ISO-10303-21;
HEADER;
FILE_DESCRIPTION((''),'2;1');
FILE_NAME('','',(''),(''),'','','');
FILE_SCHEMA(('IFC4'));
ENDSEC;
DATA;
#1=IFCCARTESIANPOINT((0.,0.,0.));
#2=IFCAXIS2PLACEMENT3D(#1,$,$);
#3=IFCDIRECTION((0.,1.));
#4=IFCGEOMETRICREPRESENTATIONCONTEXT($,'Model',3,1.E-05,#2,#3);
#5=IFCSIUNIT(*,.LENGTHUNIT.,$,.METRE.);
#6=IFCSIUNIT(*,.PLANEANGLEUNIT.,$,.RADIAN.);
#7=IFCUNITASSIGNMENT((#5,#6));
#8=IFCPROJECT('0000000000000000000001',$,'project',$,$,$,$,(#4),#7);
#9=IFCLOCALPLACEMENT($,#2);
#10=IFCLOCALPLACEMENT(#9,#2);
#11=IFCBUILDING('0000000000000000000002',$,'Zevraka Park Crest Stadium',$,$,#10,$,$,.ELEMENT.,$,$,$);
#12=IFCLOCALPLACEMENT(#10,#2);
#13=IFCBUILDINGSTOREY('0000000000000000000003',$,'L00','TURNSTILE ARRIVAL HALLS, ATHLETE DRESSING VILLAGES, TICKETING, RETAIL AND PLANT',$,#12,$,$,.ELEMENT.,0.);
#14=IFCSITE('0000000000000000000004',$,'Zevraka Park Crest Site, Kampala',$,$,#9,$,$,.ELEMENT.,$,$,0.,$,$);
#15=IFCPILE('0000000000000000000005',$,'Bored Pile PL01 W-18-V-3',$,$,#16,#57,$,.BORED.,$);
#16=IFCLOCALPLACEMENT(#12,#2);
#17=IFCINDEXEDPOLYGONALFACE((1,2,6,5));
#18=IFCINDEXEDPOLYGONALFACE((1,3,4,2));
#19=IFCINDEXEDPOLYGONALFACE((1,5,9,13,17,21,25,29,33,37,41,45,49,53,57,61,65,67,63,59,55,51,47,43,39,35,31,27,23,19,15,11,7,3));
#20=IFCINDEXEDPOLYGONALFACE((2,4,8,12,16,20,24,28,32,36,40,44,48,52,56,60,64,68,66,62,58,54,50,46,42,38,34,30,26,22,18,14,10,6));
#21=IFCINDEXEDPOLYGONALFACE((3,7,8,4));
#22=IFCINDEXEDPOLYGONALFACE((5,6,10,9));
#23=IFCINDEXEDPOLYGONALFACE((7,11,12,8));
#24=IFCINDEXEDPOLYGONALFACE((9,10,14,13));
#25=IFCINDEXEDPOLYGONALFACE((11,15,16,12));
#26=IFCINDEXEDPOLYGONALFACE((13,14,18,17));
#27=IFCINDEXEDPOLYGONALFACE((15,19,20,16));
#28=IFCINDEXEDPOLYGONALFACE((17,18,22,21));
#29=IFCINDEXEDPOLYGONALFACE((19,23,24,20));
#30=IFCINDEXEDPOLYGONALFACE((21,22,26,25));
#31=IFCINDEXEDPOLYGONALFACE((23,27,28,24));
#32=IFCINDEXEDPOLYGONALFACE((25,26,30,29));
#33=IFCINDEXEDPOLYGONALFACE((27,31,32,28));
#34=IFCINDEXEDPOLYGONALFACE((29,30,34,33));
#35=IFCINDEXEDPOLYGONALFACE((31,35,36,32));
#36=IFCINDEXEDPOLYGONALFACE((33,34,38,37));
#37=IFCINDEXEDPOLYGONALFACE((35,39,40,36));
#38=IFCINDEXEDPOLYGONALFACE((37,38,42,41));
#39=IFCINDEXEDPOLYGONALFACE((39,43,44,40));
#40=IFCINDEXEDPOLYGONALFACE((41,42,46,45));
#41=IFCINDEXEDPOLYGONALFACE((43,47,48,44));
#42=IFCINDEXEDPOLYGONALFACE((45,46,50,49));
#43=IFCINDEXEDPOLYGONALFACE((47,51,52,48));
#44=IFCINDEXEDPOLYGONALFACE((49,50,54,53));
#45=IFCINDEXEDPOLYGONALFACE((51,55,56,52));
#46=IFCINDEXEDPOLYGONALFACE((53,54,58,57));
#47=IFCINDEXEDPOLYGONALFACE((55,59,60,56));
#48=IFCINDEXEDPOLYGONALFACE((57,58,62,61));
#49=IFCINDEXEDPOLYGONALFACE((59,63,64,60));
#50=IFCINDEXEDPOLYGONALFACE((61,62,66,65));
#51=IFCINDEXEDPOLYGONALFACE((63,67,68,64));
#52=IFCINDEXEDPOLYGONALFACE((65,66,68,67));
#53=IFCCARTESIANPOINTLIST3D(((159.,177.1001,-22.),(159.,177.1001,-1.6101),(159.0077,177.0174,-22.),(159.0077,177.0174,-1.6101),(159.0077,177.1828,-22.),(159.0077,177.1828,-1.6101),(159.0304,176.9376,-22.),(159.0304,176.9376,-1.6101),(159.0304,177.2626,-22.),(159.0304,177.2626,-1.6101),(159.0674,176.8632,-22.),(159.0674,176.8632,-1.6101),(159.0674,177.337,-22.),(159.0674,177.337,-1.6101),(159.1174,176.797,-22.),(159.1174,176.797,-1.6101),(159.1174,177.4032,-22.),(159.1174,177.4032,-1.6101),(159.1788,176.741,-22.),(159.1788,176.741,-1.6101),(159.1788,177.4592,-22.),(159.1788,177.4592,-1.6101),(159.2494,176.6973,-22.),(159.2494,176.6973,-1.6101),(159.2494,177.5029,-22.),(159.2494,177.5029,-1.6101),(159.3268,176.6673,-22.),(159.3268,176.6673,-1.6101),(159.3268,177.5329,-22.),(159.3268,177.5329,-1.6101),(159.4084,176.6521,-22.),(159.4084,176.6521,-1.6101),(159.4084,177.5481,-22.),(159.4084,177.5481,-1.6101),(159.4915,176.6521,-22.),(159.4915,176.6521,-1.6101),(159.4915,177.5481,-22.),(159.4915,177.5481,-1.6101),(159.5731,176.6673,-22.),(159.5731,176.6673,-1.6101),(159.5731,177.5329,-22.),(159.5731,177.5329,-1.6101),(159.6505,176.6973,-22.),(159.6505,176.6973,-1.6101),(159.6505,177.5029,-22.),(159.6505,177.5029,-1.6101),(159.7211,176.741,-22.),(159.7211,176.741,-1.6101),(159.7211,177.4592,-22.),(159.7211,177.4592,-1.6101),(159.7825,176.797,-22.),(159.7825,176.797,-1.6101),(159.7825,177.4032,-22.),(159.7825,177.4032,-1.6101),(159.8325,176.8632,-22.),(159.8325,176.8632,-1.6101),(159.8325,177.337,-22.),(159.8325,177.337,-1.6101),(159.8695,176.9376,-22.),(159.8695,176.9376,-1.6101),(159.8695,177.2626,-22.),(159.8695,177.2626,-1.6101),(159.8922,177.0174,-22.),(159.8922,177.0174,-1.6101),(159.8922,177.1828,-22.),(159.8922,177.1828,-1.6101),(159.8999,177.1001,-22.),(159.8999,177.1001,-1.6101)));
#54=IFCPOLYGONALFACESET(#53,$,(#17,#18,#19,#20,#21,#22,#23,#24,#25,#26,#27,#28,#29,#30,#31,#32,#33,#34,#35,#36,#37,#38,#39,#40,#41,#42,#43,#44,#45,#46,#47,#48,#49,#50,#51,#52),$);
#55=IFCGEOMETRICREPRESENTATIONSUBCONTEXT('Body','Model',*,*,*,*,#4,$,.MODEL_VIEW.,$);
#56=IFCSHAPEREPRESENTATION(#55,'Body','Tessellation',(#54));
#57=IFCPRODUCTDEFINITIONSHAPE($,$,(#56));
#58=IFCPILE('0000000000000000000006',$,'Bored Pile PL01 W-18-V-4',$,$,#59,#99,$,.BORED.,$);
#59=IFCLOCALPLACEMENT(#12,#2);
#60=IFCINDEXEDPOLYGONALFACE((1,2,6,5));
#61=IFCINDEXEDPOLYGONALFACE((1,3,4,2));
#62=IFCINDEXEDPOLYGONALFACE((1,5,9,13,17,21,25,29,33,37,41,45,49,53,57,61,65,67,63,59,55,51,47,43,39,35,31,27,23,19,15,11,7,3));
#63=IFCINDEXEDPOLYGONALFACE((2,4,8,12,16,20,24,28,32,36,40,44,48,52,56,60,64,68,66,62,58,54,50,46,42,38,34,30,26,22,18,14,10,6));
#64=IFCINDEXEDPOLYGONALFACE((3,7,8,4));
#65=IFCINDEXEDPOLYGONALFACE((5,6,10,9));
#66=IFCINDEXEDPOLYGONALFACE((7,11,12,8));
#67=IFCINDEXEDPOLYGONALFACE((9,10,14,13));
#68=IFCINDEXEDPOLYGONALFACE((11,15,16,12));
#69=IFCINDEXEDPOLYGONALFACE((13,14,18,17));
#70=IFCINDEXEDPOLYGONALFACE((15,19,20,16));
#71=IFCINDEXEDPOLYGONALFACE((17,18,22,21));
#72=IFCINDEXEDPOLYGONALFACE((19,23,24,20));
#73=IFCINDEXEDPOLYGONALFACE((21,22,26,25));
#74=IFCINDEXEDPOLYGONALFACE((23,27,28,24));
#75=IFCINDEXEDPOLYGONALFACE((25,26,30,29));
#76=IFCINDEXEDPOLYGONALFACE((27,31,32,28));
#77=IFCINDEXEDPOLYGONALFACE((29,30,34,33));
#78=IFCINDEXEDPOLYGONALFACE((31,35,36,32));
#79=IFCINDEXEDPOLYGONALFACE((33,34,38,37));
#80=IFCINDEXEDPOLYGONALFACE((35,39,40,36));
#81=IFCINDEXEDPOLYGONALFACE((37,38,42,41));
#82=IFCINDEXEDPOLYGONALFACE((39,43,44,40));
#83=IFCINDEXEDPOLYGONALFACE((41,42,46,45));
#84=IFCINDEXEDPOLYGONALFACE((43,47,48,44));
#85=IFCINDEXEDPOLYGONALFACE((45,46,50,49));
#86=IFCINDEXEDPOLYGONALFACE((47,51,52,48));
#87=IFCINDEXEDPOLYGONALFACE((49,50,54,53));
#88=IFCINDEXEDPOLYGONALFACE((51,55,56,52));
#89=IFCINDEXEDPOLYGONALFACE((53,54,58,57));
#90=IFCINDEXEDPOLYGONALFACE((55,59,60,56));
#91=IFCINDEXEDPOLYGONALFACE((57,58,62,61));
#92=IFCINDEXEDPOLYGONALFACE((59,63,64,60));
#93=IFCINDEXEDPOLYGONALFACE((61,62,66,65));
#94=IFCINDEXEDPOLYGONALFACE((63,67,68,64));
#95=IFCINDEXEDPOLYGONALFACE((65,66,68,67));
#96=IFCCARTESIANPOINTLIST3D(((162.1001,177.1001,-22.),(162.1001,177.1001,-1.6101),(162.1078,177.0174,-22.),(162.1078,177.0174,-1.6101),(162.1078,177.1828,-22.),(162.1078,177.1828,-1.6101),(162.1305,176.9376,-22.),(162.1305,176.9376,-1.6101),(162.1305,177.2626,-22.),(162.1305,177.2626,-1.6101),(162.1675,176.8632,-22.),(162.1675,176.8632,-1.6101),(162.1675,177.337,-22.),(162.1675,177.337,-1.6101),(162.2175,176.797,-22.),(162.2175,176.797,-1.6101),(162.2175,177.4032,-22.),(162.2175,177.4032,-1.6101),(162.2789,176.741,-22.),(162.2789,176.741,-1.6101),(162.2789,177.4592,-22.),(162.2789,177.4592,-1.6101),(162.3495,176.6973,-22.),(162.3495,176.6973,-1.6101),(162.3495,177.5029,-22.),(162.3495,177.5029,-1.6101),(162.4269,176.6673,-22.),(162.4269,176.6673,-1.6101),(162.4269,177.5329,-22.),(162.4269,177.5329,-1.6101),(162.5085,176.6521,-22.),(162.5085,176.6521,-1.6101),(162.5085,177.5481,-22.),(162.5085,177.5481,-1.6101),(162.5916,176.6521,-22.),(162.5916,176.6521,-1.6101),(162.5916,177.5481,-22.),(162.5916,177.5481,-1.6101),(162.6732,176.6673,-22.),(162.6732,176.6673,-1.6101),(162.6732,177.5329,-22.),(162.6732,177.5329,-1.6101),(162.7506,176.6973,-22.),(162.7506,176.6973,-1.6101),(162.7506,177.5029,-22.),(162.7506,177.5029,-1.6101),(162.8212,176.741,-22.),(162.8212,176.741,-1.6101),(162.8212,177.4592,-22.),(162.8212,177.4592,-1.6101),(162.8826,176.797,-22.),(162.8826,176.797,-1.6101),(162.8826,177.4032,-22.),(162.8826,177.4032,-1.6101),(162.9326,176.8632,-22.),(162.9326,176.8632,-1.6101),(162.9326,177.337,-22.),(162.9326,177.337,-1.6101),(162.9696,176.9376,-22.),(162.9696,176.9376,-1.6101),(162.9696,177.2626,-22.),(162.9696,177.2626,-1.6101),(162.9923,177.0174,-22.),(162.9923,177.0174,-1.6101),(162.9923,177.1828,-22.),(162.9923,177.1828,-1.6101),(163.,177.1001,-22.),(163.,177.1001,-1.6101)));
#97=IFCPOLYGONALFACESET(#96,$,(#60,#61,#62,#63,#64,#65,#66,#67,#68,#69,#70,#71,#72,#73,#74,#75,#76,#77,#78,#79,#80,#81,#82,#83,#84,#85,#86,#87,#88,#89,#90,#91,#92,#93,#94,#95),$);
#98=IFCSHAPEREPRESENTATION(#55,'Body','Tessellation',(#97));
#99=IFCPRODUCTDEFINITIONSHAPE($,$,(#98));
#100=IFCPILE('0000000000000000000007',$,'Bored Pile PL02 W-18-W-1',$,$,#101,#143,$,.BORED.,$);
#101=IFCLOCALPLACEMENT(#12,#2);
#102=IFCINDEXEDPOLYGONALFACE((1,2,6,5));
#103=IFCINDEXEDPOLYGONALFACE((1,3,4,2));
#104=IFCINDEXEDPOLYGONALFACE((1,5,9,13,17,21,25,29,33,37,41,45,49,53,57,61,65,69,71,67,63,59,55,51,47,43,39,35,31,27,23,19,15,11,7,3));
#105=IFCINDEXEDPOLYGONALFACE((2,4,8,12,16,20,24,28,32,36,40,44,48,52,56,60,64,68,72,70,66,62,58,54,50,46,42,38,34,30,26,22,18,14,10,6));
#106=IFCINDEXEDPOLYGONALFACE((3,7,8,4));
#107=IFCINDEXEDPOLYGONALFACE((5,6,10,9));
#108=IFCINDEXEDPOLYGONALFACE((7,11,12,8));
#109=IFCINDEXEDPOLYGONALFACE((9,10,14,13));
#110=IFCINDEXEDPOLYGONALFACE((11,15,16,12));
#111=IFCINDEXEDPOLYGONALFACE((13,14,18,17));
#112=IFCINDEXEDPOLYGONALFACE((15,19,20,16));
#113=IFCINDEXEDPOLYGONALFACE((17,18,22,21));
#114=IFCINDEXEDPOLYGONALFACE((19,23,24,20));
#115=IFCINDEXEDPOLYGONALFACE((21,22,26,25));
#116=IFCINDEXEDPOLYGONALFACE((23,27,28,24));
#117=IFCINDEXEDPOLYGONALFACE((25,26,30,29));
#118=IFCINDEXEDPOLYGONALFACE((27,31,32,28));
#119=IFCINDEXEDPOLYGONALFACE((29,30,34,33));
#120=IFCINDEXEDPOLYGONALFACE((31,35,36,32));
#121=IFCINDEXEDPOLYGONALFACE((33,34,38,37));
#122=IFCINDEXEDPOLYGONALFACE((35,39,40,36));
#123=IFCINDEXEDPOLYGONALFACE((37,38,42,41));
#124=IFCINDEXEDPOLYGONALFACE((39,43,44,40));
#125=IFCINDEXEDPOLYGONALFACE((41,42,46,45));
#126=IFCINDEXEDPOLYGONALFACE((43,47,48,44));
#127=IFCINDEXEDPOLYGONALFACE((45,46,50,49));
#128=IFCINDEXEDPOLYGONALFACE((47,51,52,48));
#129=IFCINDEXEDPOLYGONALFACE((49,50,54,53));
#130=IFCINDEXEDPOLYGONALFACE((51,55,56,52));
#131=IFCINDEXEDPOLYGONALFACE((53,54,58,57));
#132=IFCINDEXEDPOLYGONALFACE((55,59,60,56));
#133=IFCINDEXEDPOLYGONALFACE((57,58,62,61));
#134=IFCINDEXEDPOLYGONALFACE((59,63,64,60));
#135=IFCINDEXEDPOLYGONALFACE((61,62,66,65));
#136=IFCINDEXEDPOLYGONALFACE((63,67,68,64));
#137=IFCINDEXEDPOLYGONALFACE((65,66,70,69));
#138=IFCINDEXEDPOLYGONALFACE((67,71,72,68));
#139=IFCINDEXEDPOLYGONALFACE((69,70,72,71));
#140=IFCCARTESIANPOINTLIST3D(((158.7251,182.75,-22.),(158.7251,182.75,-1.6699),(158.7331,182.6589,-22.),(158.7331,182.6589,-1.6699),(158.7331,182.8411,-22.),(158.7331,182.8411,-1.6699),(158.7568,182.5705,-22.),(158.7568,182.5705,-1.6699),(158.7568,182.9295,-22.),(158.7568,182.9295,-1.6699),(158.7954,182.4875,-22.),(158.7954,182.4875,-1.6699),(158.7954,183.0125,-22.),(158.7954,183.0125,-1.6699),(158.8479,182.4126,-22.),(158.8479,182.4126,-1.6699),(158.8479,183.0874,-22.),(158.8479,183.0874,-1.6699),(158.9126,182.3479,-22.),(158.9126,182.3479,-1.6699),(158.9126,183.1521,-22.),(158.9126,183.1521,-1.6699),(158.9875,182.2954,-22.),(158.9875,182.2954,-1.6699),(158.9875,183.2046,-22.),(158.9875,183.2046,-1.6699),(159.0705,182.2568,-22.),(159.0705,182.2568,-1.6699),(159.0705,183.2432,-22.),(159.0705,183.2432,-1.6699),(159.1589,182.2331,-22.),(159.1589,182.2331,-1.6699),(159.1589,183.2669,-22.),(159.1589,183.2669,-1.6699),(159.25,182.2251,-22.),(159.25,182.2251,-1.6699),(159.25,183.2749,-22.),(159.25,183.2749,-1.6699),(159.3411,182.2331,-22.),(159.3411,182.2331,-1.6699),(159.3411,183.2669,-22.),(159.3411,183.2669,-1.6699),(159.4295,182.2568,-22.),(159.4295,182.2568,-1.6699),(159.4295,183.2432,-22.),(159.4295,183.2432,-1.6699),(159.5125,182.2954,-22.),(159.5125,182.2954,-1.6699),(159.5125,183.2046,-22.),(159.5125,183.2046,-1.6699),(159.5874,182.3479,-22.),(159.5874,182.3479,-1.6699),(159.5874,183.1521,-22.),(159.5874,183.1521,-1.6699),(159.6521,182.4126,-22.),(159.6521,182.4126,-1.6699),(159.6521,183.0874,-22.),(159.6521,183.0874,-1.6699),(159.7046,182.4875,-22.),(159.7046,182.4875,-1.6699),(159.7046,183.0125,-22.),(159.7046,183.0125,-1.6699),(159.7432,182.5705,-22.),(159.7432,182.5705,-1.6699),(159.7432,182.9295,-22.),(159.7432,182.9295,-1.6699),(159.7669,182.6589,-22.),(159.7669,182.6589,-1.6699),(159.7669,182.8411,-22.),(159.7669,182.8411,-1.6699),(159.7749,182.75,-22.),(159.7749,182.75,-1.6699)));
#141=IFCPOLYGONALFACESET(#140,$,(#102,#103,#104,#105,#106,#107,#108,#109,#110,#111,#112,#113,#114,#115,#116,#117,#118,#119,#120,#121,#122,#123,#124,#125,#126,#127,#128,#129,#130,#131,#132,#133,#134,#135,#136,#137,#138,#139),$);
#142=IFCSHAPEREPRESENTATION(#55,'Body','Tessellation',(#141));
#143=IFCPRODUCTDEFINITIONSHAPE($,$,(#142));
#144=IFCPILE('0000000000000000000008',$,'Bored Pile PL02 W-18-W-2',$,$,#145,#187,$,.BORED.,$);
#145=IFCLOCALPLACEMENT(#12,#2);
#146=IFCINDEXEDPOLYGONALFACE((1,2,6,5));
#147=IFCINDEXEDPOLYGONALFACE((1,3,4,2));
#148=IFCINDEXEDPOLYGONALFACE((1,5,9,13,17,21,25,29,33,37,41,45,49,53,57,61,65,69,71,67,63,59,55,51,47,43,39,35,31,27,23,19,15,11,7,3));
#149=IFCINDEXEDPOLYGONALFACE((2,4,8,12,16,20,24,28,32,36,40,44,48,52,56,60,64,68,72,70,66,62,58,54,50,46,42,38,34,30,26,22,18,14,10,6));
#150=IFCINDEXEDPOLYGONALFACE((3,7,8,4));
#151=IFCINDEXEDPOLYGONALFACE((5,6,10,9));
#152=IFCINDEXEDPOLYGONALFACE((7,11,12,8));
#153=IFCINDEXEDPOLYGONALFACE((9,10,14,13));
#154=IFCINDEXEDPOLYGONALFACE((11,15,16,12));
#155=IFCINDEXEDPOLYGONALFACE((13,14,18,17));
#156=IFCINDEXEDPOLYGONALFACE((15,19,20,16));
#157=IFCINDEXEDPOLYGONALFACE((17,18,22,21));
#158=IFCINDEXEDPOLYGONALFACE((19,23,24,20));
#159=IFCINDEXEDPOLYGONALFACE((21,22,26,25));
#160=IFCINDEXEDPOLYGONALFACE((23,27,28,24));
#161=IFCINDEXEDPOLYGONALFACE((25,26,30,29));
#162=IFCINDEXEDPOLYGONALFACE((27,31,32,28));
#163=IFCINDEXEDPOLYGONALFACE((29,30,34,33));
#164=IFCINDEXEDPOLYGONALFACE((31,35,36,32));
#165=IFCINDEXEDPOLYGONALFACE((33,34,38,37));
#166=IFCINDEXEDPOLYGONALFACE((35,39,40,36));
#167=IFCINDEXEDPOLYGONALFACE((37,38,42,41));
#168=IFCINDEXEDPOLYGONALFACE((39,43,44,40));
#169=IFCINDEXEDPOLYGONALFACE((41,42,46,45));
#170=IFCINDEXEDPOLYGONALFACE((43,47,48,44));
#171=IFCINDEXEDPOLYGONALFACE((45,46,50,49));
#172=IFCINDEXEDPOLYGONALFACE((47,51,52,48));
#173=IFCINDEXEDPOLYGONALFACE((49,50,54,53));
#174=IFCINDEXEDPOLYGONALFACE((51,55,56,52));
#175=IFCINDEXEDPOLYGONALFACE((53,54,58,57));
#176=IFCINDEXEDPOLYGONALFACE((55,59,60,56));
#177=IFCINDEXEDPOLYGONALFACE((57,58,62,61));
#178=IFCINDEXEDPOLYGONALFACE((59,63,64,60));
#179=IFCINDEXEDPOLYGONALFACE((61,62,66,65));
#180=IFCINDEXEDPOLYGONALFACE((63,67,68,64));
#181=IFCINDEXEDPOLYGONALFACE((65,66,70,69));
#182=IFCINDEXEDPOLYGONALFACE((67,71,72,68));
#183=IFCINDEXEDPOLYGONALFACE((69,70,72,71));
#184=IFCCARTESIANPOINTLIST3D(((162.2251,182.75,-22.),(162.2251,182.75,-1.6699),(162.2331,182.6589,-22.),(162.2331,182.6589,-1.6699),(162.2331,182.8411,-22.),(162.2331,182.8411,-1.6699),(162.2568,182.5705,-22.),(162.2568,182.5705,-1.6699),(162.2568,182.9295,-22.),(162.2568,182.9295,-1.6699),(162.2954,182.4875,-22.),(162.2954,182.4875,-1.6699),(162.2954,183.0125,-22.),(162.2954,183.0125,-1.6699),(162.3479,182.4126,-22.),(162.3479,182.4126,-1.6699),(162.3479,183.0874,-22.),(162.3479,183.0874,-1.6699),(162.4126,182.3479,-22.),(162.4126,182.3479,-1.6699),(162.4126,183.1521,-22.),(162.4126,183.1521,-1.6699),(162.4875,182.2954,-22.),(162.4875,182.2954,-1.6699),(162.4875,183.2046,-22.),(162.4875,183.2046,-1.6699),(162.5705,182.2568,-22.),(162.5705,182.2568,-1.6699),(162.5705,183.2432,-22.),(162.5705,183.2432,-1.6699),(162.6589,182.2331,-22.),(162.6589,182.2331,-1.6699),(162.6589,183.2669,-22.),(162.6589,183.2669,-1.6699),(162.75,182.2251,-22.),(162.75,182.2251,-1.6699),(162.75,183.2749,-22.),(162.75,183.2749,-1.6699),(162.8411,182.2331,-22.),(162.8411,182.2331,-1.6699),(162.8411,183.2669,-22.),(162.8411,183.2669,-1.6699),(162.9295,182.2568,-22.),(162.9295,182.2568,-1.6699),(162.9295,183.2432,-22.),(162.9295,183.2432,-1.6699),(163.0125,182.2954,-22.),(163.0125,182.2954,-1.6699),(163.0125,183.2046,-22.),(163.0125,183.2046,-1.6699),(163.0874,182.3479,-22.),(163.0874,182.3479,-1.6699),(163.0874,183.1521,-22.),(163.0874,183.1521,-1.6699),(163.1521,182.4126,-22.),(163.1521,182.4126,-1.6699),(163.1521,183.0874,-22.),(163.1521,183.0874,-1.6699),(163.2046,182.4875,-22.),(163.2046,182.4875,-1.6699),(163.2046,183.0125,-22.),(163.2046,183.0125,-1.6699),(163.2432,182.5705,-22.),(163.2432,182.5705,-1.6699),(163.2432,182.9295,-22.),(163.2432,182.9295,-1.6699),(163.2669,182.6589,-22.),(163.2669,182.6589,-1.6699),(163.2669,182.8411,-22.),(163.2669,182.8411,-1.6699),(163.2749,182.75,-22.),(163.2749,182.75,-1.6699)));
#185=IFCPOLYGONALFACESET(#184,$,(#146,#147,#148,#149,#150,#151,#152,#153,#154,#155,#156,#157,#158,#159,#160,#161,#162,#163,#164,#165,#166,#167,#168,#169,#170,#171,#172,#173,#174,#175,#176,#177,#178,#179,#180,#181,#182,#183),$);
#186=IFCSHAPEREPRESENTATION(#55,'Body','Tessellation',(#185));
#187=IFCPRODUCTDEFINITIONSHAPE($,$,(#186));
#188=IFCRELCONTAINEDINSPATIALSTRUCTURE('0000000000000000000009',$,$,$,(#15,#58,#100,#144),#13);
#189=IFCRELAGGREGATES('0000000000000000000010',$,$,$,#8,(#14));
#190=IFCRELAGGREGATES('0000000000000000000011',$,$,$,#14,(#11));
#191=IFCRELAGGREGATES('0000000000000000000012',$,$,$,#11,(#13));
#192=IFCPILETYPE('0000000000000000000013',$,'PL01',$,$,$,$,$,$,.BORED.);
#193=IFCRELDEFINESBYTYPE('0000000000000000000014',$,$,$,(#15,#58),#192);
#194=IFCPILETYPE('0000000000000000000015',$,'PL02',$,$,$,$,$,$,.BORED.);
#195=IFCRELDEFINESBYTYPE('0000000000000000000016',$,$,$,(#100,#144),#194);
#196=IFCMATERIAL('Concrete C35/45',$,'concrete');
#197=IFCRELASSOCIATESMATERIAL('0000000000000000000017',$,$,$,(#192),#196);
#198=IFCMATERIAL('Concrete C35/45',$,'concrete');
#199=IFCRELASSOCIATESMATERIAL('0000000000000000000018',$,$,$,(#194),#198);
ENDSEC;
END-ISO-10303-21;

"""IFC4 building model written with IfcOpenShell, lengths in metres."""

from ifc_helpers import new_model, si_unit, direction, frame, origin, origin_2d, place, context, subcontext, project, spatial, circle, extrude, material, material_profile, profile_set, type_object, element, save


model = new_model("IFC4")

# Units and contexts
model_context = context("Model", 3, precision=1e-05, world=origin(), true_north=direction((0.0, 1.0)))
body_context = subcontext(model_context, "Body", "Model", "MODEL_VIEW")
ifc_project = project(units=[si_unit("LENGTHUNIT", "METRE"), si_unit("PLANEANGLEUNIT", "RADIAN")], contexts=[model_context])

# Site, building, storey
site_placement = place(None, origin())
site = spatial("IfcSite", under=ifc_project, at=site_placement, Name="Zevraka Park Crest Site, Kampala", CompositionType="ELEMENT", RefElevation=0.0)
building_placement = place(site_placement, origin())
building = spatial("IfcBuilding", under=site, at=building_placement, Name="Zevraka Park Crest Stadium", CompositionType="ELEMENT")
storey_placement = place(building_placement, origin())
storey = spatial("IfcBuildingStorey", under=building, at=storey_placement, Name="L00", Description="TURNSTILE ARRIVAL HALLS, ATHLETE DRESSING VILLAGES, TICKETING, RETAIL AND PLANT", CompositionType="ELEMENT", Elevation=0.0)

# Piles
ifc_material_1 = material(Name="Concrete C35/45", Category="concrete")
ifc_material_profile_1 = material_profile(ifc_material_1, circle(Radius=0.45, at=origin_2d()), Name="PILE D900")
ifc_profile_set_1 = profile_set([ifc_material_profile_1], Name="Concrete C35/45")
pile_type_1 = type_object("IfcPileType", Name="PL01", PredefinedType="BORED", material=ifc_profile_set_1)
for number, where, z_axis, x_axis, name in (
    (1, (159.45, 177.1001, -1.6101), (0.0, 0.0, -1.0), (1.0, 0.0, 0.0), "Bored Pile PL01 W-18-V-3"),
    (2, (162.55, 177.1001, -1.6101), (0.0, 0.0, -1.0), (1.0, 0.0, 0.0), "Bored Pile PL01 W-18-V-4"),
):
    element("IfcPile", number, at=place(storey_placement, frame(where, z_axis=z_axis, x_axis=x_axis)), inside=storey, type_object=pile_type_1, Name=name, PredefinedType="BORED", context=body_context, shape_type="SweptSolid", body=[
        extrude(circle(Radius=0.45, at=origin_2d()), origin(), (0.0, 0.0, 1.0), 20.3899),
    ])
ifc_material_2 = material(Name="Concrete C35/45", Category="concrete")
ifc_material_profile_2 = material_profile(ifc_material_2, circle(Radius=0.5249, at=origin_2d()), Name="PILE D1050")
ifc_profile_set_2 = profile_set([ifc_material_profile_2], Name="Concrete C35/45")
pile_type_2 = type_object("IfcPileType", Name="PL02", PredefinedType="BORED", material=ifc_profile_set_2)
for number, where, z_axis, x_axis, name in (
    (3, (159.25, 182.75, -1.6699), (0.0, 0.0, -1.0), (1.0, 0.0, 0.0), "Bored Pile PL02 W-18-W-1"),
    (4, (162.75, 182.75, -1.6699), (0.0, 0.0, -1.0), (1.0, 0.0, 0.0), "Bored Pile PL02 W-18-W-2"),
):
    element("IfcPile", number, at=place(storey_placement, frame(where, z_axis=z_axis, x_axis=x_axis)), inside=storey, type_object=pile_type_2, Name=name, PredefinedType="BORED", context=body_context, shape_type="SweptSolid", body=[
        extrude(circle(Radius=0.5249, at=origin_2d()), origin(), (0.0, 0.0, 1.0), 20.3301),
    ])

save(model, "model.ifc")
